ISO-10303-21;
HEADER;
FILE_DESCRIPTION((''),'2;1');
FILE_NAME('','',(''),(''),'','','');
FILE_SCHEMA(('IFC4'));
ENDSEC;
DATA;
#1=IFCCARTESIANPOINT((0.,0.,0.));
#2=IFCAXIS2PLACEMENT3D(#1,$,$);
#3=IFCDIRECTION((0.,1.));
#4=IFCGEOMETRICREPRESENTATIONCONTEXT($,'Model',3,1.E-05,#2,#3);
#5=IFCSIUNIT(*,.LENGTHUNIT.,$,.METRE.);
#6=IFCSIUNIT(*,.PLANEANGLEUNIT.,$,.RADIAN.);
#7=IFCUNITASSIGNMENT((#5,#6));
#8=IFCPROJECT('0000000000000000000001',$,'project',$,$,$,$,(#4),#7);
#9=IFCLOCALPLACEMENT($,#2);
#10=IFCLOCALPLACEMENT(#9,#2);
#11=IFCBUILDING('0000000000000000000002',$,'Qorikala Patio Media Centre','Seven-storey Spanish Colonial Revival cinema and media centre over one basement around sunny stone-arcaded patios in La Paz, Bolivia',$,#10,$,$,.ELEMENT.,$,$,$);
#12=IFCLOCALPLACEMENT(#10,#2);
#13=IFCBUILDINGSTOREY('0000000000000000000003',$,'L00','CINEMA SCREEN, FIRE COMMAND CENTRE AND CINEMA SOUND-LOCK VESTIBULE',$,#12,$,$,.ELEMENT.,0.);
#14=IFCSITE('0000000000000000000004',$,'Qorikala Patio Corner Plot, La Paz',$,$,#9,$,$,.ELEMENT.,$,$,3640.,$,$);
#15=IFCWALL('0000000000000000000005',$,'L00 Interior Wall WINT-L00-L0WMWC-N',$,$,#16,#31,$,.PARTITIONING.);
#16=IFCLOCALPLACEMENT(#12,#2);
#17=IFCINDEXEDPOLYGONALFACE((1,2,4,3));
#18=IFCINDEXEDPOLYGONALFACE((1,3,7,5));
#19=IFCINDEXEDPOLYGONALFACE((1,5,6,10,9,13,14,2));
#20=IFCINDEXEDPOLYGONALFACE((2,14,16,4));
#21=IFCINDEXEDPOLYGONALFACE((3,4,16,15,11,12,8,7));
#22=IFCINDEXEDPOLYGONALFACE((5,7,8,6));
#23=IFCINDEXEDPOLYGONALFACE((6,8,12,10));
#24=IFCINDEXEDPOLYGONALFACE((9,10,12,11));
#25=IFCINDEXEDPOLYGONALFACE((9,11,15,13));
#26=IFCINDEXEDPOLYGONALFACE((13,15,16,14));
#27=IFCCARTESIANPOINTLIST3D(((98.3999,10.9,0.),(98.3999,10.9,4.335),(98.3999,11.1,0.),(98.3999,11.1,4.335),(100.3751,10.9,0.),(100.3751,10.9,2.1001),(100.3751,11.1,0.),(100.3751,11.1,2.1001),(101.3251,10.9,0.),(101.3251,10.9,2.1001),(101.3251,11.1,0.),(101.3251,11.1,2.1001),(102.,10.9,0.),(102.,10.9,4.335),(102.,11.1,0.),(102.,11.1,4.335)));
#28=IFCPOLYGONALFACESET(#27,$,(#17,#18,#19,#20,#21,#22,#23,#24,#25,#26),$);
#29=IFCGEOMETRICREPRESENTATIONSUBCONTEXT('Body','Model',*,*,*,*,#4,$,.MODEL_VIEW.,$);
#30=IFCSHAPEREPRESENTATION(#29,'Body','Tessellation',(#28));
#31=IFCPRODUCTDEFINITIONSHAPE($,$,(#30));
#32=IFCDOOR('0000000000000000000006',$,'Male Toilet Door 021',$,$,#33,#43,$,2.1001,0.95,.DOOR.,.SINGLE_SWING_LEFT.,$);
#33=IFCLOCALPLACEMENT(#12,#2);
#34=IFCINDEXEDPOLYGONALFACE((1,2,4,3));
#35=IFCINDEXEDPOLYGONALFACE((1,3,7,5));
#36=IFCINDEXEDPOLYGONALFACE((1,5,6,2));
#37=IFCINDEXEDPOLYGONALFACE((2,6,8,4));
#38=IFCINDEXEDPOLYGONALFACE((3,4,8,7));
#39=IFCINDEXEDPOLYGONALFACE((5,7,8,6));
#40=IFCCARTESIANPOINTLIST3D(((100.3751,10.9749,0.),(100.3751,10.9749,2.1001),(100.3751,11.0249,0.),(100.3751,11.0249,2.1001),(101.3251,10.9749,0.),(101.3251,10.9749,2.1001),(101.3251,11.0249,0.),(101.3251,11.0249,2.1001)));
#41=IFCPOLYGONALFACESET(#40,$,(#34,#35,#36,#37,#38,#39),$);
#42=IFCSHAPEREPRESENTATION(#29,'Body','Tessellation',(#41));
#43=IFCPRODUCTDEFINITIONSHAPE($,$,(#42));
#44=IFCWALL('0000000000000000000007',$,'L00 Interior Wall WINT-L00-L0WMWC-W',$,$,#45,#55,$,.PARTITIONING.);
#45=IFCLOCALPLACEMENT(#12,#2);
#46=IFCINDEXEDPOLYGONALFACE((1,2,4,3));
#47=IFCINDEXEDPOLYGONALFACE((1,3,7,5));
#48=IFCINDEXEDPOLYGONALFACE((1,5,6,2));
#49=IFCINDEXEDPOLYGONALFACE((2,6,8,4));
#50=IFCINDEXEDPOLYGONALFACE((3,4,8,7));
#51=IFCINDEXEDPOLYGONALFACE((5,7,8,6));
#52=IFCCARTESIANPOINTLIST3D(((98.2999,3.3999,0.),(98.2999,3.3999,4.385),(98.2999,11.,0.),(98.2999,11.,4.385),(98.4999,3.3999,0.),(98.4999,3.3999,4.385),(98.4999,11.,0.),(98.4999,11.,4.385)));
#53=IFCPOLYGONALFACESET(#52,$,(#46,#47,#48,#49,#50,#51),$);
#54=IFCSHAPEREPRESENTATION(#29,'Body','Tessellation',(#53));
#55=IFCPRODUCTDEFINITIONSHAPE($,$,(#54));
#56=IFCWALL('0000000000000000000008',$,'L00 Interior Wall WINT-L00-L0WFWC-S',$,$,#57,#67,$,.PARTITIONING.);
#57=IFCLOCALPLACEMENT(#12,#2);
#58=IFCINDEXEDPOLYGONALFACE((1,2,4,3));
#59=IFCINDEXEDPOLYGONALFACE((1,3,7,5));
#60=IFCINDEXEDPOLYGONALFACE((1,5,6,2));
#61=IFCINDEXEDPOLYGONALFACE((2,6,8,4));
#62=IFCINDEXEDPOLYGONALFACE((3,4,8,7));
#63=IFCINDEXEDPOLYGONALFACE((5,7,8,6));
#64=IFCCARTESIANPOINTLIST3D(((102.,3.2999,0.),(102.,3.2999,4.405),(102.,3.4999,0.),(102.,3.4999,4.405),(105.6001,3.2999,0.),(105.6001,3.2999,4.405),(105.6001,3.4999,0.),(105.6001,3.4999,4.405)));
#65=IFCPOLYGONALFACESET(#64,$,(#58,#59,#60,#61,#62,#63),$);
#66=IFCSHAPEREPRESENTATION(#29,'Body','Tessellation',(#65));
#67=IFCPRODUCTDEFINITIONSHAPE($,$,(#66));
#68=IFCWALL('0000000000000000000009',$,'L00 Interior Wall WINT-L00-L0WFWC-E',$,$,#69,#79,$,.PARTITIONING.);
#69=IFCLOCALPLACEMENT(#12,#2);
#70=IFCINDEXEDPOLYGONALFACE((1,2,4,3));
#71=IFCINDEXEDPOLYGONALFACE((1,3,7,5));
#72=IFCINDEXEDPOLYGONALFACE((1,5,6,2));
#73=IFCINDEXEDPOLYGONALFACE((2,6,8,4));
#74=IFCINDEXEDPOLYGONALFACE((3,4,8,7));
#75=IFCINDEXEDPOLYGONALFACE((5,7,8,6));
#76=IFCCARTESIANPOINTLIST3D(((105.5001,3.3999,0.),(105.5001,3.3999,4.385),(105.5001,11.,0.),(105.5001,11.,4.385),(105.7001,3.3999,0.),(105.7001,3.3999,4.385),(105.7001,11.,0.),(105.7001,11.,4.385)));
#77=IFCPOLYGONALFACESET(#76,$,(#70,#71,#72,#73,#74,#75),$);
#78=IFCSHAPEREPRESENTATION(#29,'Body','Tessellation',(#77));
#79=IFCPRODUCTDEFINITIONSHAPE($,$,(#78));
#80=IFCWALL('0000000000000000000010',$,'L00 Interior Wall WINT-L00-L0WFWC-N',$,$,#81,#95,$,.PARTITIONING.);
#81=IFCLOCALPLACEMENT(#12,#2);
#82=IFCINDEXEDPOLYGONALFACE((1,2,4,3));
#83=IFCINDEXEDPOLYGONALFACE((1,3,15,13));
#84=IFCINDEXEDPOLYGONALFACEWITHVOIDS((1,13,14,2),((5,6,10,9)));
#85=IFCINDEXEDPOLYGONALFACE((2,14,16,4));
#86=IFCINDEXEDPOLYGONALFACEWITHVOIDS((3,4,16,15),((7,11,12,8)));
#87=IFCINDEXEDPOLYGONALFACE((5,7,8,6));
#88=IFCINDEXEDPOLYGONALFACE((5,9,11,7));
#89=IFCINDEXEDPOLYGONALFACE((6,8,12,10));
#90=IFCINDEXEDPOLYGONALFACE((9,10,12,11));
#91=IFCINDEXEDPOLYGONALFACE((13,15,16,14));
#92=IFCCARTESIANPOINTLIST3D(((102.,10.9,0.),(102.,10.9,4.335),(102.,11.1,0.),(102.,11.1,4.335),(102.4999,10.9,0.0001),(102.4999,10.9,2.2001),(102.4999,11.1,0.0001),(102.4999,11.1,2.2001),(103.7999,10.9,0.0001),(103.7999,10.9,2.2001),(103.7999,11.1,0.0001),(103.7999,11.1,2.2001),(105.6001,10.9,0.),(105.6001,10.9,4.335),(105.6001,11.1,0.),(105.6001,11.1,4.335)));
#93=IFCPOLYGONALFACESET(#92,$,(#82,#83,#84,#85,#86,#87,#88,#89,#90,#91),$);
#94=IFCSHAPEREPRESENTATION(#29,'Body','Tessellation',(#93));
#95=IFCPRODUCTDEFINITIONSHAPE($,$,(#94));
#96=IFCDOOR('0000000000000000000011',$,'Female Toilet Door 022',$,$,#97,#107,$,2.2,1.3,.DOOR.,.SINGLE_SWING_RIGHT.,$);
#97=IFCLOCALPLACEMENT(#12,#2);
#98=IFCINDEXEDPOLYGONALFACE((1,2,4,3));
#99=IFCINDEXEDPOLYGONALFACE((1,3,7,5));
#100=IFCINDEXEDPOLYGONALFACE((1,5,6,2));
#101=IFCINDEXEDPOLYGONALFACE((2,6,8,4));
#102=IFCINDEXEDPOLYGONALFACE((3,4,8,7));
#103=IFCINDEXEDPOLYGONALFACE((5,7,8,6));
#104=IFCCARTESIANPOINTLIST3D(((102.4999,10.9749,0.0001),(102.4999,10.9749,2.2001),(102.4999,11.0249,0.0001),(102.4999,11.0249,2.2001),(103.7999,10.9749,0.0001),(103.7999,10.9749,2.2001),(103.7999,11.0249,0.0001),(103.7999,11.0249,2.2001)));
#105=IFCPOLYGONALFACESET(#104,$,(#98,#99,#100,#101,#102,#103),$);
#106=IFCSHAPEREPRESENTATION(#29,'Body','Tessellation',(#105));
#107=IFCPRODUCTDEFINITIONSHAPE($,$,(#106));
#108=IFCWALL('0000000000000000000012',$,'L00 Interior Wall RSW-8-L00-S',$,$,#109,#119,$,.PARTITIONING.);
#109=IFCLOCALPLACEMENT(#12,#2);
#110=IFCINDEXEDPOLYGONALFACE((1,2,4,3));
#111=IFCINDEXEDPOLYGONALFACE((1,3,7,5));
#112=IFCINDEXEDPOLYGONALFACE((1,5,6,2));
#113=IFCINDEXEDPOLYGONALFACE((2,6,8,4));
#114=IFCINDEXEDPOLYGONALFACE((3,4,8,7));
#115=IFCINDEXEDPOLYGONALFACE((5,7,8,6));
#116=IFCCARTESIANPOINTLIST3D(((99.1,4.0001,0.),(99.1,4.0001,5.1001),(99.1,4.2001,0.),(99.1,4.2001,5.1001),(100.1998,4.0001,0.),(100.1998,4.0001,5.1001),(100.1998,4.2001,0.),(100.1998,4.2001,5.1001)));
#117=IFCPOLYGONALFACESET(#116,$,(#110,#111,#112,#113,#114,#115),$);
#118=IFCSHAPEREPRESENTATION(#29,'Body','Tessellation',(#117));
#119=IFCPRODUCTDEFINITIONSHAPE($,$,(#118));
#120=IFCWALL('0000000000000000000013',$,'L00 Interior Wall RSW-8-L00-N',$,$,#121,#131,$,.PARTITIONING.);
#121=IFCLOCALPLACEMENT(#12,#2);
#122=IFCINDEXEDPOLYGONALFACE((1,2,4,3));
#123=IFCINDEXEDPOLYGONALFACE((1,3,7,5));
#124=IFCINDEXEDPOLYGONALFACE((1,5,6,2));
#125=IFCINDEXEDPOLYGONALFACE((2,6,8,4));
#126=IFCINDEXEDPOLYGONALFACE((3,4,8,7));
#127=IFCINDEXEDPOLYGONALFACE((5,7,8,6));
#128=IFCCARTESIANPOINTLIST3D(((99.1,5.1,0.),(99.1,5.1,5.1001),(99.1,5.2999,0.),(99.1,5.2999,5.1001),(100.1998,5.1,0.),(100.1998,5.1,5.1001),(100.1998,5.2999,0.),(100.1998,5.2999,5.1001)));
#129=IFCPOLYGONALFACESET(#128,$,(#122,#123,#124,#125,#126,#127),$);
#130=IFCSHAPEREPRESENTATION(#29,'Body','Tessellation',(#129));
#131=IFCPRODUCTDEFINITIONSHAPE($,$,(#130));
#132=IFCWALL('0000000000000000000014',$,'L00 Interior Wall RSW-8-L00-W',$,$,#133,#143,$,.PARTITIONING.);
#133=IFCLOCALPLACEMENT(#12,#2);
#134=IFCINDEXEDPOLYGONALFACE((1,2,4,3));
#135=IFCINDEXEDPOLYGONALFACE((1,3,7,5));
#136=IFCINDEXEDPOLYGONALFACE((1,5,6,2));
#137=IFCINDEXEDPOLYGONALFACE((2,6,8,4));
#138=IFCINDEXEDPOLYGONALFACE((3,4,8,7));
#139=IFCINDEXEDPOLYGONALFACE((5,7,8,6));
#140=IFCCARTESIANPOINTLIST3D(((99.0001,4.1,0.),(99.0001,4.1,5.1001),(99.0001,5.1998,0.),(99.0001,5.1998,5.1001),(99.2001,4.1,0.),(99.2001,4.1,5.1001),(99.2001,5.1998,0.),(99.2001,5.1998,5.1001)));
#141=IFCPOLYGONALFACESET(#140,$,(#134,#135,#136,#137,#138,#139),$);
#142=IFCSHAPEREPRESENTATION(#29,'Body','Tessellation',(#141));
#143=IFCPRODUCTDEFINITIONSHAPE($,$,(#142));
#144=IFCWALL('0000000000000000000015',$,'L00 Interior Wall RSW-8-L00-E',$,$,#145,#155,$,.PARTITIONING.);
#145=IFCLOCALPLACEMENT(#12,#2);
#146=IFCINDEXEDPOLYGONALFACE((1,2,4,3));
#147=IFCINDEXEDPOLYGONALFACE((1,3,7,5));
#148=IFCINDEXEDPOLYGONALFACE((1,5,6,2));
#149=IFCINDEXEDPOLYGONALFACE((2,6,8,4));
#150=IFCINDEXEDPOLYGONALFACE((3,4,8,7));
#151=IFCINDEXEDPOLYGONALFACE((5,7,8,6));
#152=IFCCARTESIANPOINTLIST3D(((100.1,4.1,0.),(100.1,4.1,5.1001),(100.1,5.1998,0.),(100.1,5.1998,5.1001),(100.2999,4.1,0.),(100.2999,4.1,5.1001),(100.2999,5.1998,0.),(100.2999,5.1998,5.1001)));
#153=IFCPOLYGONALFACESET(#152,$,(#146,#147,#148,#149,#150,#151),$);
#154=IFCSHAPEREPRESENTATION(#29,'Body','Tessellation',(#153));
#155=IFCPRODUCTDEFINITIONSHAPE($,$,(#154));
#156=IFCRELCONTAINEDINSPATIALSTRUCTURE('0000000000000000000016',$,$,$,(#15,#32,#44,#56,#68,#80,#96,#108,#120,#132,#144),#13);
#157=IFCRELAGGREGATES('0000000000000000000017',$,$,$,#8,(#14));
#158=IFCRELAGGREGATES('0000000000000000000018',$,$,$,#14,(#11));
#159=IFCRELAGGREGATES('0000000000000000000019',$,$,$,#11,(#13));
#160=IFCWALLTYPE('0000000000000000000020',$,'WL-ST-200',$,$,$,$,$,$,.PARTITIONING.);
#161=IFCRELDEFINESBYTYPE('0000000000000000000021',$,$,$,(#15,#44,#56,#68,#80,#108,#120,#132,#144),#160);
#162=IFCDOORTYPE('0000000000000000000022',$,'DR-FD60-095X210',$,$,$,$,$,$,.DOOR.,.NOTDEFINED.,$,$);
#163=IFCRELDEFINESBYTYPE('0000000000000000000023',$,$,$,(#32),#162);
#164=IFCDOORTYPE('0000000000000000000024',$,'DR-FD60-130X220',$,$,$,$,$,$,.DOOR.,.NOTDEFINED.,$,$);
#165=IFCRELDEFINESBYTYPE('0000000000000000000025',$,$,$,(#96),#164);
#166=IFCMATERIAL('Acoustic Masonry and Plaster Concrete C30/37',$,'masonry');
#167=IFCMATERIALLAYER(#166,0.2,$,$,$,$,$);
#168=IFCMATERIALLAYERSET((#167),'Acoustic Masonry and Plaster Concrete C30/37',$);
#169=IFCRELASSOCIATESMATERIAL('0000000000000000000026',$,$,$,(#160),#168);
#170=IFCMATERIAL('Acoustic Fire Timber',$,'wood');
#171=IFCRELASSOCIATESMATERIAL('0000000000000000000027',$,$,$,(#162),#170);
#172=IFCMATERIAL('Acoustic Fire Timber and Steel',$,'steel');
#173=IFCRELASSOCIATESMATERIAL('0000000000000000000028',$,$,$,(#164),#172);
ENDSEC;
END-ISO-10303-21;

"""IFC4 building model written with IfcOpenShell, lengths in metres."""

from ifc_helpers import new_model, si_unit, direction, frame, frame_2d, origin, place, context, subcontext, project, spatial, rectangle, extrude, material, layer, layer_set, type_object, element, fill, save


model = new_model("IFC4")

# Units and contexts
model_context = context("Model", 3, precision=1e-05, world=origin(), true_north=direction((0.0, 1.0)))
body_context = subcontext(model_context, "Body", "Model", "MODEL_VIEW")
ifc_project = project(units=[si_unit("LENGTHUNIT", "METRE"), si_unit("PLANEANGLEUNIT", "RADIAN")], contexts=[model_context])

# Site, building, storey
site_placement = place(None, origin())
site = spatial("IfcSite", under=ifc_project, at=site_placement, Name="Qorikala Patio Corner Plot, La Paz", CompositionType="ELEMENT", RefElevation=3640.0)
building_placement = place(site_placement, origin())
building = spatial("IfcBuilding", under=site, at=building_placement, Name="Qorikala Patio Media Centre", Description="Seven-storey Spanish Colonial Revival cinema and media centre over one basement around sunny stone-arcaded patios in La Paz, Bolivia", CompositionType="ELEMENT")
storey_placement = place(building_placement, origin())
storey = spatial("IfcBuildingStorey", under=building, at=storey_placement, Name="L00", Description="CINEMA SCREEN, FIRE COMMAND CENTRE AND CINEMA SOUND-LOCK VESTIBULE", CompositionType="ELEMENT", Elevation=0.0)

# Shared definitions
ifc_material_1 = material(Name="Acoustic Masonry and Plaster Concrete C30/37", Category="masonry")
ifc_layer_1 = layer(ifc_material_1, 0.2)
ifc_layer_set_1 = layer_set([ifc_layer_1], Name="Acoustic Masonry and Plaster Concrete C30/37")
wall_type_1 = type_object("IfcWallType", Name="WL-ST-200", PredefinedType="PARTITIONING", material=ifc_layer_set_1)

# Wall, opening, door
wall_1_placement = place(storey_placement, frame((98.3999, 11.0, 0.0), z_axis=(0.0, 0.0, 1.0), x_axis=(1.0, 0.0, 0.0)))
wall_1 = element("IfcWall", 1, at=wall_1_placement, inside=storey, type_object=wall_type_1, Name="L00 Interior Wall WINT-L00-L0WMWC-N", PredefinedType="PARTITIONING", context=body_context, shape_type="SweptSolid", body=[
    extrude(rectangle(XDim=3.6001, YDim=0.2, at=frame_2d((1.8, 0.0))), origin(), (0.0, 0.0, 1.0), 4.335),
])
opening_1_placement = place(wall_1_placement, frame((1.9751, 0.0, 0.0)))
opening_1 = element("IfcOpeningElement", 2, at=opening_1_placement, cuts=wall_1, PredefinedType="OPENING", context=body_context, shape_type="SweptSolid", body=[
    extrude(rectangle(XDim=0.95, YDim=2.1001, at=frame_2d((0.4751, 1.05))), frame((0.0, 0.1099, 0.0), z_axis=(0.0, -1.0, 0.0), x_axis=(1.0, 0.0, 0.0)), (0.0, 0.0, 1.0), 0.22),
])
ifc_material_2 = material(Name="Acoustic Fire Timber", Category="wood")
door_type_1 = type_object("IfcDoorType", Name="DR-FD60-095X210", OperationType="NOTDEFINED", PredefinedType="DOOR", material=ifc_material_2)
door_1_placement = place(opening_1_placement, origin())
door_1 = element("IfcDoor", 3, at=door_1_placement, inside=storey, type_object=door_type_1, Name="Male Toilet Door 021", OperationType="SINGLE_SWING_LEFT", OverallHeight=2.1001, OverallWidth=0.95, PredefinedType="DOOR", context=body_context, shape_type="SweptSolid", body=[
    extrude(rectangle(XDim=0.95, YDim=2.1001, at=frame_2d((0.4751, 1.05))), frame((0.0, 0.0249, 0.0), z_axis=(0.0, -1.0, 0.0), x_axis=(1.0, 0.0, 0.0)), (0.0, 0.0, 1.0), 0.05),
])
fill(opening_1, door_1)

# Walls
wall_2_placement = place(storey_placement, frame((98.3999, 3.3999, 0.0), z_axis=(0.0, 0.0, 1.0), x_axis=(0.0, 1.0, 0.0)))
element("IfcWall", 4, at=wall_2_placement, inside=storey, type_object=wall_type_1, Name="L00 Interior Wall WINT-L00-L0WMWC-W", PredefinedType="PARTITIONING", context=body_context, shape_type="SweptSolid", body=[
    extrude(rectangle(XDim=7.6001, YDim=0.2, at=frame_2d((3.8, 0.0))), origin(), (0.0, 0.0, 1.0), 4.385),
])
wall_3_placement = place(storey_placement, frame((102.0, 3.3999, 0.0), z_axis=(0.0, 0.0, 1.0), x_axis=(1.0, 0.0, 0.0)))
element("IfcWall", 5, at=wall_3_placement, inside=storey, type_object=wall_type_1, Name="L00 Interior Wall WINT-L00-L0WFWC-S", PredefinedType="PARTITIONING", context=body_context, shape_type="SweptSolid", body=[
    extrude(rectangle(XDim=3.6001, YDim=0.2, at=frame_2d((1.8, 0.0))), origin(), (0.0, 0.0, 1.0), 4.405),
])
wall_4_placement = place(storey_placement, frame((105.6001, 3.3999, 0.0), z_axis=(0.0, 0.0, 1.0), x_axis=(0.0, 1.0, 0.0)))
element("IfcWall", 6, at=wall_4_placement, inside=storey, type_object=wall_type_1, Name="L00 Interior Wall WINT-L00-L0WFWC-E", PredefinedType="PARTITIONING", context=body_context, shape_type="SweptSolid", body=[
    extrude(rectangle(XDim=7.6001, YDim=0.2, at=frame_2d((3.8, 0.0))), origin(), (0.0, 0.0, 1.0), 4.385),
])

# Wall, opening, door
wall_5_placement = place(storey_placement, frame((102.0, 11.0, 0.0), z_axis=(0.0, 0.0, 1.0), x_axis=(1.0, 0.0, 0.0)))
wall_5 = element("IfcWall", 7, at=wall_5_placement, inside=storey, type_object=wall_type_1, Name="L00 Interior Wall WINT-L00-L0WFWC-N", PredefinedType="PARTITIONING", context=body_context, shape_type="SweptSolid", body=[
    extrude(rectangle(XDim=3.6001, YDim=0.2, at=frame_2d((1.8, 0.0))), origin(), (0.0, 0.0, 1.0), 4.335),
])
opening_2_placement = place(wall_5_placement, frame((0.5, 0.0, 0.0)))
opening_2 = element("IfcOpeningElement", 8, at=opening_2_placement, cuts=wall_5, PredefinedType="OPENING", context=body_context, shape_type="SweptSolid", body=[
    extrude(rectangle(XDim=1.3, YDim=2.2, at=frame_2d((0.6499, 1.1001))), frame((0.0, 0.1099, 0.0), z_axis=(0.0, -1.0, 0.0), x_axis=(1.0, 0.0, 0.0)), (0.0, 0.0, 1.0), 0.22),
])
ifc_material_3 = material(Name="Acoustic Fire Timber and Steel", Category="steel")
door_type_2 = type_object("IfcDoorType", Name="DR-FD60-130X220", OperationType="NOTDEFINED", PredefinedType="DOOR", material=ifc_material_3)
door_2_placement = place(opening_2_placement, origin())
door_2 = element("IfcDoor", 9, at=door_2_placement, inside=storey, type_object=door_type_2, Name="Female Toilet Door 022", OperationType="SINGLE_SWING_RIGHT", OverallHeight=2.2, OverallWidth=1.3, PredefinedType="DOOR", context=body_context, shape_type="SweptSolid", body=[
    extrude(rectangle(XDim=1.3, YDim=2.2, at=frame_2d((0.6499, 1.1001))), frame((0.0, 0.0249, 0.0), z_axis=(0.0, -1.0, 0.0), x_axis=(1.0, 0.0, 0.0)), (0.0, 0.0, 1.0), 0.05),
])
fill(opening_2, door_2)

# Walls
for number, where, z_axis, x_axis, name in (
    (10, (99.1001, 4.1001, 0.0), (0.0, 0.0, 1.0), (1.0, 0.0, 0.0), "L00 Interior Wall RSW-8-L00-S"),
    (11, (99.1001, 5.2, 0.0), (0.0, 0.0, 1.0), (1.0, 0.0, 0.0), "L00 Interior Wall RSW-8-L00-N"),
    (12, (99.1001, 4.1001, 0.0), (0.0, 0.0, 1.0), (0.0, 1.0, 0.0), "L00 Interior Wall RSW-8-L00-W"),
    (13, (100.2, 4.1001, 0.0), (0.0, 0.0, 1.0), (0.0, 1.0, 0.0), "L00 Interior Wall RSW-8-L00-E"),
):
    element("IfcWall", number, at=place(storey_placement, frame(where, z_axis=z_axis, x_axis=x_axis)), inside=storey, type_object=wall_type_1, Name=name, PredefinedType="PARTITIONING", context=body_context, shape_type="SweptSolid", body=[
        extrude(rectangle(XDim=1.0999, YDim=0.2, at=frame_2d((0.5498, 0.0))), origin(), (0.0, 0.0, 1.0), 5.1001),
    ])

save(model, "model.ifc")
